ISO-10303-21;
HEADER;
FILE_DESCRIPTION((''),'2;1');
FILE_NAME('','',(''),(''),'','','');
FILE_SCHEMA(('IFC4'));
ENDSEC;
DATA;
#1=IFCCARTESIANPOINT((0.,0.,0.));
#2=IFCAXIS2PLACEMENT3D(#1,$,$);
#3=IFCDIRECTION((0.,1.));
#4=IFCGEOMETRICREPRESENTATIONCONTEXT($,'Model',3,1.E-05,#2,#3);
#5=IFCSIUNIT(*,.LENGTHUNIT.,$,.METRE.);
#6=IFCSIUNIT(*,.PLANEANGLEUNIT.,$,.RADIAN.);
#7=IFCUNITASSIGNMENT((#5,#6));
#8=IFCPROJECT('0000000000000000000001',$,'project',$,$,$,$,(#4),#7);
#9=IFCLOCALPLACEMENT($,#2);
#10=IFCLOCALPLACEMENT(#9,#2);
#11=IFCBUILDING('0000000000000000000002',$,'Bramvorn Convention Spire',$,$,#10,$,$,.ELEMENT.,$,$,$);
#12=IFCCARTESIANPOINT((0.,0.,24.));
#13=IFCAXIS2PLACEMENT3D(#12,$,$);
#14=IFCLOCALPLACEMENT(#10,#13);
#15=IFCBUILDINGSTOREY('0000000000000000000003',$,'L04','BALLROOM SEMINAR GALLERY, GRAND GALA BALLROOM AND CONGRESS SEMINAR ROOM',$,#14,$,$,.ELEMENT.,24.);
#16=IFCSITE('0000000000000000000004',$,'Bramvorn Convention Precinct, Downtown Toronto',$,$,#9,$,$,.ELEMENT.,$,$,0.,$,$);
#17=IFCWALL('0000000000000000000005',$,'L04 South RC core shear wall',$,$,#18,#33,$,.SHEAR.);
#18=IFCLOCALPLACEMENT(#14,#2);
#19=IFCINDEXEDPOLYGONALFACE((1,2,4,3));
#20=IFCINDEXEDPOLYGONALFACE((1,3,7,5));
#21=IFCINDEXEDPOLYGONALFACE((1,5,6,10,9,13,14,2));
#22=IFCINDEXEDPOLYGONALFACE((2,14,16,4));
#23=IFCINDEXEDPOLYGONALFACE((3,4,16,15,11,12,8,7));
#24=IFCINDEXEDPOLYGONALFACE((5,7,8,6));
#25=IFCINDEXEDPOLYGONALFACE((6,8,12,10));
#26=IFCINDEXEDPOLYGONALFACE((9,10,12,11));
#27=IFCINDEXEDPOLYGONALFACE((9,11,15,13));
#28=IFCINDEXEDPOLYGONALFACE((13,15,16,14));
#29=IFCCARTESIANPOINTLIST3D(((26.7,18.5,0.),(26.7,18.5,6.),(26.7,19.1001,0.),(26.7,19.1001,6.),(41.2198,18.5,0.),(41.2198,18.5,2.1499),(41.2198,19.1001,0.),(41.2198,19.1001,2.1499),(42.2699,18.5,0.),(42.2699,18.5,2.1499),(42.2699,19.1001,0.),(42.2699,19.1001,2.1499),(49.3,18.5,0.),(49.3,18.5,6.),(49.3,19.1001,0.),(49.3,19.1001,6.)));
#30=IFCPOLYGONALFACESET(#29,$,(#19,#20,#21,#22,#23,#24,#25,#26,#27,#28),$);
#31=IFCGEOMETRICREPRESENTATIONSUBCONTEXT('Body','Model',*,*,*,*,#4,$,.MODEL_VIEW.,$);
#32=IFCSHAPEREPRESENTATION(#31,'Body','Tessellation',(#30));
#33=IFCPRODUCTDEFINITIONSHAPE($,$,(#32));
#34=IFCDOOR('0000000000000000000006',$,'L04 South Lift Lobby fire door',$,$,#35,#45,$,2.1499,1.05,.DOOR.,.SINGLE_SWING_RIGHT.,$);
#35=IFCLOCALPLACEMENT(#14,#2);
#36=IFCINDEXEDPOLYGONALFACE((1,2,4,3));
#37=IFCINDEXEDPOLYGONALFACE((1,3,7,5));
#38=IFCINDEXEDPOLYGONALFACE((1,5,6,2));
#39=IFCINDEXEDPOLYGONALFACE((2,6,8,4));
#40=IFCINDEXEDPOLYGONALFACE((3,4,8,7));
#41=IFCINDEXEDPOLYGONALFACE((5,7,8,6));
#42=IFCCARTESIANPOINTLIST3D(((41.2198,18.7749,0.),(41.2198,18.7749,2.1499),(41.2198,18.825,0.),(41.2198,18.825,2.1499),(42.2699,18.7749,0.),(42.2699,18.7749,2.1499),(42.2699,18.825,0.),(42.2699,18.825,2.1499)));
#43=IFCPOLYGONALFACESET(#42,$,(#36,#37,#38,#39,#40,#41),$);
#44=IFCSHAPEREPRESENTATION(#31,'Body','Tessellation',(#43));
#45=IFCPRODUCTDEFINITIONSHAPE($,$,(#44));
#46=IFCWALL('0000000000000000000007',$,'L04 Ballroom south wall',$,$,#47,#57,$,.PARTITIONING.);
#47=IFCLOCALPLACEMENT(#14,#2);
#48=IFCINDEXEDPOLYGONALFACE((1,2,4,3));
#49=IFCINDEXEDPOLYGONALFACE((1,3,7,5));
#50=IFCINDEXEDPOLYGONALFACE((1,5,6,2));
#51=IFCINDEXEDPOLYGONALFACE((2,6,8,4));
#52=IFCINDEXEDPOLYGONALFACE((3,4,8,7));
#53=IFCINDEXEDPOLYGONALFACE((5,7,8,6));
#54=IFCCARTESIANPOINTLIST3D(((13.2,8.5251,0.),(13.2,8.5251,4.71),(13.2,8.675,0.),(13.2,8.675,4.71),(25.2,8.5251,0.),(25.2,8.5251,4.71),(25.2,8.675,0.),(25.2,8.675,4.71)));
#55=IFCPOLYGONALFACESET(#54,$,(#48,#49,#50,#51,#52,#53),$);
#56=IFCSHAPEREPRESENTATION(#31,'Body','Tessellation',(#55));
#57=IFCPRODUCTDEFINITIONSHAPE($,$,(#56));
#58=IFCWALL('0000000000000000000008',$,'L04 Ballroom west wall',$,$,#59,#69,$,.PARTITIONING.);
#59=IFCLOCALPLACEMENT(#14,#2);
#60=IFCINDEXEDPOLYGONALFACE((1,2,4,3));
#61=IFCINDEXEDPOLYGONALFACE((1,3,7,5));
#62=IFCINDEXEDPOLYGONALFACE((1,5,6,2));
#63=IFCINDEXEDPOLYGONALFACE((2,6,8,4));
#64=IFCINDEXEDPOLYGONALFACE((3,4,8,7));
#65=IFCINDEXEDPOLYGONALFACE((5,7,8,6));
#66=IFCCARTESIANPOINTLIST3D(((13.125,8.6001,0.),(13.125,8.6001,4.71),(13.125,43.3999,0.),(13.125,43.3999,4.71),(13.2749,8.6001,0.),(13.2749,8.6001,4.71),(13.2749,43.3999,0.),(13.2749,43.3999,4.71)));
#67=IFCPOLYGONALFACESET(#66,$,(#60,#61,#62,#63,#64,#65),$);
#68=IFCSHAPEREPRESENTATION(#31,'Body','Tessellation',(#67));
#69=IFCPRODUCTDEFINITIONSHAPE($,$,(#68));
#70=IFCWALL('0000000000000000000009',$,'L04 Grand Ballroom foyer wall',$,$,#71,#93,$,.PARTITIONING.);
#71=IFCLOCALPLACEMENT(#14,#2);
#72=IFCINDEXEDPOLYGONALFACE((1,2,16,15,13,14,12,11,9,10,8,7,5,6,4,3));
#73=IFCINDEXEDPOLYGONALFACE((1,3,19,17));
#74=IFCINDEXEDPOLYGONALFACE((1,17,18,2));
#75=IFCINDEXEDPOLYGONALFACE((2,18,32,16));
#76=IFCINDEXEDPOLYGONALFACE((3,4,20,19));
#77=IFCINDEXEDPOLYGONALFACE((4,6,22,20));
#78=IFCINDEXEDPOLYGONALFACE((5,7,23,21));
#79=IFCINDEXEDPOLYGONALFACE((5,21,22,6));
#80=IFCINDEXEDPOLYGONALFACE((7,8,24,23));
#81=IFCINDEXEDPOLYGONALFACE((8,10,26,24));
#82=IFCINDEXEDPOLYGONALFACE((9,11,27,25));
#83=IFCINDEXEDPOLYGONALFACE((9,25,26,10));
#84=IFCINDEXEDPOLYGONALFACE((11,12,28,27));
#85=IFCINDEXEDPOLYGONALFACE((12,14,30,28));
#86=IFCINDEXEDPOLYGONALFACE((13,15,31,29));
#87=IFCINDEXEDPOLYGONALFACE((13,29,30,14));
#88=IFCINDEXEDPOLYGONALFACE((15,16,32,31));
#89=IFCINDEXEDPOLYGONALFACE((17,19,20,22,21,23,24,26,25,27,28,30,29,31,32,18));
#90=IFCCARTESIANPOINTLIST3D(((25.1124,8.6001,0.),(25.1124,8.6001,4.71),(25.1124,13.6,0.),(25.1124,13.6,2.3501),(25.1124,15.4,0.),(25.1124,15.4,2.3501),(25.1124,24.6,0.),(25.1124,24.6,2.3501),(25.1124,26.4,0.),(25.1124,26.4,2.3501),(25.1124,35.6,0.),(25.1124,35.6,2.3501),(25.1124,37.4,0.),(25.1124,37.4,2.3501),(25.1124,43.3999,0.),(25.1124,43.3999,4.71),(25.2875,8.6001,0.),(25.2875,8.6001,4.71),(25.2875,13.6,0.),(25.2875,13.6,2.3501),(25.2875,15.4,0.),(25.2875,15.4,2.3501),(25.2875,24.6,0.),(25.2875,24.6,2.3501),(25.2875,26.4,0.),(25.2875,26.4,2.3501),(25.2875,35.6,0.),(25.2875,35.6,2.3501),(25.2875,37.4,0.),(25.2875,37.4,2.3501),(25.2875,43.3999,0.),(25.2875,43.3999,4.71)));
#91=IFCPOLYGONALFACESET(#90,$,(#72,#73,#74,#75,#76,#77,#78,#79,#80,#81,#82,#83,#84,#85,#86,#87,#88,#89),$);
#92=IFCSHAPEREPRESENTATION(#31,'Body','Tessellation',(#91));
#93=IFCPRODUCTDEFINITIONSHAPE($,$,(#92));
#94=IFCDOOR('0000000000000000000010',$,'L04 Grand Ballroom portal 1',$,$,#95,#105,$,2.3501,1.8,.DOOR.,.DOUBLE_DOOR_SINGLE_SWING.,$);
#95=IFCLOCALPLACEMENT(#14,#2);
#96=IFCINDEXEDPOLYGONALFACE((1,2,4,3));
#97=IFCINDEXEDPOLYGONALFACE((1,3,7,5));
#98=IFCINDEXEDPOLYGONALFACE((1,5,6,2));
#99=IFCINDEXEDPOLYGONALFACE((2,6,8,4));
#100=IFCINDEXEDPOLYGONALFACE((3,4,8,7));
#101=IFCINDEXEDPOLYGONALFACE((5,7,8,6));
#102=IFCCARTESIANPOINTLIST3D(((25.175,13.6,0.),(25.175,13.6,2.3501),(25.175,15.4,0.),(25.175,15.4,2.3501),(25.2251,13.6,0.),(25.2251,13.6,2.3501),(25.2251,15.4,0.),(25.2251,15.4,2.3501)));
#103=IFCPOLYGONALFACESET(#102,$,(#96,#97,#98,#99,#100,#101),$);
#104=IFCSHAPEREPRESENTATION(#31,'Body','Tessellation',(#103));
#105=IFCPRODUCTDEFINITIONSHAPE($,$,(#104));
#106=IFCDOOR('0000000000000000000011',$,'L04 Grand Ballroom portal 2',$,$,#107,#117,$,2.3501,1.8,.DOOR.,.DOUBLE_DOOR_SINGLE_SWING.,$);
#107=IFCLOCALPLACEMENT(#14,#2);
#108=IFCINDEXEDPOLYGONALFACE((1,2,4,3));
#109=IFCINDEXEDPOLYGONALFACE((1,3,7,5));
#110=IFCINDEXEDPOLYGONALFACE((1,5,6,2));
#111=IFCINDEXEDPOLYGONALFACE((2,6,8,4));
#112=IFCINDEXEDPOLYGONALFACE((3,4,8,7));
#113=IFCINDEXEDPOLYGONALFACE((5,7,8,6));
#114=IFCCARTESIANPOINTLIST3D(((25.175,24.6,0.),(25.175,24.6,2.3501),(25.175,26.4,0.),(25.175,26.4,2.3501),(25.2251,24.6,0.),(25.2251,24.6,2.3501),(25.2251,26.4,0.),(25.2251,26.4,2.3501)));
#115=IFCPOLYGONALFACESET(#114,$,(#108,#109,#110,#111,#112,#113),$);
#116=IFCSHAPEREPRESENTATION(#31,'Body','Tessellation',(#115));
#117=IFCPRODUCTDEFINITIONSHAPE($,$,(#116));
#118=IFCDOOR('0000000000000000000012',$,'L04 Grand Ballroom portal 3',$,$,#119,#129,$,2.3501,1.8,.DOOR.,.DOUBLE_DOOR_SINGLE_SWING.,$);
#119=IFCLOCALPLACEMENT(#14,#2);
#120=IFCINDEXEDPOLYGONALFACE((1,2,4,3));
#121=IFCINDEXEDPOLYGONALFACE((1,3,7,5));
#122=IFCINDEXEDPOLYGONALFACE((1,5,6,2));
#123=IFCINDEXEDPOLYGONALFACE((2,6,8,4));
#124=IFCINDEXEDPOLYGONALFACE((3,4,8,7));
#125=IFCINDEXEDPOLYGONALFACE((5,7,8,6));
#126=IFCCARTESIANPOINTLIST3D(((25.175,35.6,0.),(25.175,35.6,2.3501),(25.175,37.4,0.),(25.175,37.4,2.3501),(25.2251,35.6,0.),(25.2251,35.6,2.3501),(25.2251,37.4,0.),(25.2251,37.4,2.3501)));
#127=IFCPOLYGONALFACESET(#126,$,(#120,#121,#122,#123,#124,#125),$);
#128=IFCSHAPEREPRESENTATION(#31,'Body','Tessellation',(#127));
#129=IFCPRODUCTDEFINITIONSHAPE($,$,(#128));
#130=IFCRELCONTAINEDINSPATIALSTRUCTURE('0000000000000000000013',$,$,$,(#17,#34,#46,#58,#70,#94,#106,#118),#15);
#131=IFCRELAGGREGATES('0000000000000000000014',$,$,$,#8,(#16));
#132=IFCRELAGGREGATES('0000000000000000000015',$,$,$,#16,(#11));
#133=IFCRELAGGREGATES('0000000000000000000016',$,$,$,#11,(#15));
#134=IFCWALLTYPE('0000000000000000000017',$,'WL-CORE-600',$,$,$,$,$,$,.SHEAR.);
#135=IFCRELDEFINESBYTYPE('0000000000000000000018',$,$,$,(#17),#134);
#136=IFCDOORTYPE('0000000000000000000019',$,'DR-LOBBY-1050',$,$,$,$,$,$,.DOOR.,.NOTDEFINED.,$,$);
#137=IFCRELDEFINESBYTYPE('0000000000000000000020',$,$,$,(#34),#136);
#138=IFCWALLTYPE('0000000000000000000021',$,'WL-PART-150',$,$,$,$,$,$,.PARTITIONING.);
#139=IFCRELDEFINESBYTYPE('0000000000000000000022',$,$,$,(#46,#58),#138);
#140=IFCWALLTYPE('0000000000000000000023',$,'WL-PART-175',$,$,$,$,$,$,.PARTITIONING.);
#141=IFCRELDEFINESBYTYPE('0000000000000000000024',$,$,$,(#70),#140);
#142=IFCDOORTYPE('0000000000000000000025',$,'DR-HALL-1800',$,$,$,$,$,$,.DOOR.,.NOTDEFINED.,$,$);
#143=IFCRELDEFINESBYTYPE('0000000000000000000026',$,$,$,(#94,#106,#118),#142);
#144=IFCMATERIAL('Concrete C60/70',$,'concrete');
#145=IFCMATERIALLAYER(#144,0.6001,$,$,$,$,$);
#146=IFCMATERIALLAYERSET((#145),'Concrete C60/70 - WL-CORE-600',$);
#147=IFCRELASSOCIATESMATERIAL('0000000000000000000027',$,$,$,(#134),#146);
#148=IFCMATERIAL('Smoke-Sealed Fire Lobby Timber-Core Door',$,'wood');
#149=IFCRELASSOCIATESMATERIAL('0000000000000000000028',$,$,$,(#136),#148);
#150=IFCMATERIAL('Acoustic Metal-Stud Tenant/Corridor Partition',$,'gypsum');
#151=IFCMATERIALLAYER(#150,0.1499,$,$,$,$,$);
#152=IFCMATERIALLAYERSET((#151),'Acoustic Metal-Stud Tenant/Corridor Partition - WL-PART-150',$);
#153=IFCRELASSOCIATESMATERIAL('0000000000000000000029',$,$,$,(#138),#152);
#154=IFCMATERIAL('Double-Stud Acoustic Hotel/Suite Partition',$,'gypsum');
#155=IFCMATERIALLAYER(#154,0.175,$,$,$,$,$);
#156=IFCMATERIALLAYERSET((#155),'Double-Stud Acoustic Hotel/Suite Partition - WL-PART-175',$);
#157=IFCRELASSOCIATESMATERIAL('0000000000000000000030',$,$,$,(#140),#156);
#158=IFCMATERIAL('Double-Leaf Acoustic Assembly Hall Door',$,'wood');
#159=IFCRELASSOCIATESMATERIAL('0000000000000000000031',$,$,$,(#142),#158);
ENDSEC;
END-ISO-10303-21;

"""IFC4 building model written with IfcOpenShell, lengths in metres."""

from ifc_helpers import new_model, si_unit, direction, frame, frame_2d, origin, place, context, subcontext, project, spatial, rectangle, extrude, material, layer, layer_set, type_object, element, fill, save


model = new_model("IFC4")

# Units and contexts
model_context = context("Model", 3, precision=1e-05, world=origin(), true_north=direction((0.0, 1.0)))
body_context = subcontext(model_context, "Body", "Model", "MODEL_VIEW")
ifc_project = project(units=[si_unit("LENGTHUNIT", "METRE"), si_unit("PLANEANGLEUNIT", "RADIAN")], contexts=[model_context])

# Site, building, storey
site_placement = place(None, origin())
site = spatial("IfcSite", under=ifc_project, at=site_placement, Name="Bramvorn Convention Precinct, Downtown Toronto", CompositionType="ELEMENT", RefElevation=0.0)
building_placement = place(site_placement, origin())
building = spatial("IfcBuilding", under=site, at=building_placement, Name="Bramvorn Convention Spire", CompositionType="ELEMENT")
storey_placement = place(building_placement, frame((0.0, 0.0, 24.0)))
storey = spatial("IfcBuildingStorey", under=building, at=storey_placement, Name="L04", Description="BALLROOM SEMINAR GALLERY, GRAND GALA BALLROOM AND CONGRESS SEMINAR ROOM", CompositionType="ELEMENT", Elevation=24.0)

# Shared definitions
ifc_material_1 = material(Name="Concrete C60/70", Category="concrete")

# Wall, opening, door
ifc_layer_1 = layer(ifc_material_1, 0.6001)
ifc_layer_set_1 = layer_set([ifc_layer_1], Name="Concrete C60/70 - WL-CORE-600")
wall_type_1 = type_object("IfcWallType", Name="WL-CORE-600", PredefinedType="SHEAR", material=ifc_layer_set_1)
wall_1_placement = place(storey_placement, frame((26.7, 18.8, 0.0), z_axis=(0.0, 0.0, 1.0), x_axis=(1.0, 0.0, 0.0)))
wall_1 = element("IfcWall", 1, at=wall_1_placement, inside=storey, type_object=wall_type_1, Name="L04 South RC core shear wall", PredefinedType="SHEAR", context=body_context, shape_type="SweptSolid", body=[
    extrude(rectangle(XDim=22.6001, YDim=0.6001, at=frame_2d((11.3, 0.0))), origin(), (0.0, 0.0, 1.0), 6.0),
])
opening_1_placement = place(wall_1_placement, frame((14.52, 0.0, 0.0)))
opening_1 = element("IfcOpeningElement", 2, at=opening_1_placement, cuts=wall_1, PredefinedType="OPENING", context=body_context, shape_type="SweptSolid", body=[
    extrude(rectangle(XDim=1.05, YDim=2.1499, at=frame_2d((0.5249, 1.075))), frame((0.0, 0.3101, 0.0), z_axis=(0.0, -1.0, 0.0), x_axis=(1.0, 0.0, 0.0)), (0.0, 0.0, 1.0), 0.6201),
])
ifc_material_2 = material(Name="Smoke-Sealed Fire Lobby Timber-Core Door", Category="wood")
door_type_1 = type_object("IfcDoorType", Name="DR-LOBBY-1050", OperationType="NOTDEFINED", PredefinedType="DOOR", material=ifc_material_2)
door_1_placement = place(opening_1_placement, origin())
door_1 = element("IfcDoor", 3, at=door_1_placement, inside=storey, type_object=door_type_1, Name="L04 South Lift Lobby fire door", OperationType="SINGLE_SWING_RIGHT", OverallHeight=2.1499, OverallWidth=1.05, PredefinedType="DOOR", context=body_context, shape_type="SweptSolid", body=[
    extrude(rectangle(XDim=1.05, YDim=2.1499, at=frame_2d((0.5249, 1.075))), frame((0.0, 0.0249, 0.0), z_axis=(0.0, -1.0, 0.0), x_axis=(1.0, 0.0, 0.0)), (0.0, 0.0, 1.0), 0.05),
])
fill(opening_1, door_1)

# Walls
ifc_material_3 = material(Name="Acoustic Metal-Stud Tenant/Corridor Partition", Category="gypsum")
ifc_layer_2 = layer(ifc_material_3, 0.1499)
ifc_layer_set_2 = layer_set([ifc_layer_2], Name="Acoustic Metal-Stud Tenant/Corridor Partition - WL-PART-150")
wall_type_2 = type_object("IfcWallType", Name="WL-PART-150", PredefinedType="PARTITIONING", material=ifc_layer_set_2)
wall_2_placement = place(storey_placement, frame((13.2, 8.6001, 0.0), z_axis=(0.0, 0.0, 1.0), x_axis=(1.0, 0.0, 0.0)))
element("IfcWall", 4, at=wall_2_placement, inside=storey, type_object=wall_type_2, Name="L04 Ballroom south wall", PredefinedType="PARTITIONING", context=body_context, shape_type="SweptSolid", body=[
    extrude(rectangle(XDim=12.0, YDim=0.1499, at=frame_2d((6.0, 0.0))), origin(), (0.0, 0.0, 1.0), 4.71),
])
wall_3_placement = place(storey_placement, frame((13.2, 8.6001, 0.0), z_axis=(0.0, 0.0, 1.0), x_axis=(0.0, 1.0, 0.0)))
element("IfcWall", 5, at=wall_3_placement, inside=storey, type_object=wall_type_2, Name="L04 Ballroom west wall", PredefinedType="PARTITIONING", context=body_context, shape_type="SweptSolid", body=[
    extrude(rectangle(XDim=34.7998, YDim=0.1499, at=frame_2d((17.3999, 0.0))), origin(), (0.0, 0.0, 1.0), 4.71),
])

# Wall, openings, doors
ifc_material_4 = material(Name="Double-Stud Acoustic Hotel/Suite Partition", Category="gypsum")
ifc_layer_3 = layer(ifc_material_4, 0.175)
ifc_layer_set_3 = layer_set([ifc_layer_3], Name="Double-Stud Acoustic Hotel/Suite Partition - WL-PART-175")
wall_type_3 = type_object("IfcWallType", Name="WL-PART-175", PredefinedType="PARTITIONING", material=ifc_layer_set_3)
wall_4_placement = place(storey_placement, frame((25.2, 8.6001, 0.0), z_axis=(0.0, 0.0, 1.0), x_axis=(0.0, 1.0, 0.0)))
wall_4 = element("IfcWall", 6, at=wall_4_placement, inside=storey, type_object=wall_type_3, Name="L04 Grand Ballroom foyer wall", PredefinedType="PARTITIONING", context=body_context, shape_type="SweptSolid", body=[
    extrude(rectangle(XDim=34.7998, YDim=0.175, at=frame_2d((17.3999, 0.0))), origin(), (0.0, 0.0, 1.0), 4.71),
])
opening_2_placement = place(wall_4_placement, frame((5.0, 0.0, 0.0)))
opening_2 = element("IfcOpeningElement", 7, at=opening_2_placement, cuts=wall_4, PredefinedType="OPENING", context=body_context, shape_type="SweptSolid", body=[
    extrude(rectangle(XDim=1.8, YDim=2.3501, at=frame_2d((0.8999, 1.175))), frame((0.0, 0.0974, 0.0), z_axis=(0.0, -1.0, 0.0), x_axis=(1.0, 0.0, 0.0)), (0.0, 0.0, 1.0), 0.1951),
])
opening_3_placement = place(wall_4_placement, frame((16.0, 0.0, 0.0)))
opening_3 = element("IfcOpeningElement", 8, at=opening_3_placement, cuts=wall_4, PredefinedType="OPENING", context=body_context, shape_type="SweptSolid", body=[
    extrude(rectangle(XDim=1.8, YDim=2.3501, at=frame_2d((0.8999, 1.175))), frame((0.0, 0.0974, 0.0), z_axis=(0.0, -1.0, 0.0), x_axis=(1.0, 0.0, 0.0)), (0.0, 0.0, 1.0), 0.1951),
])
opening_4_placement = place(wall_4_placement, frame((27.0, 0.0, 0.0)))
opening_4 = element("IfcOpeningElement", 9, at=opening_4_placement, cuts=wall_4, PredefinedType="OPENING", context=body_context, shape_type="SweptSolid", body=[
    extrude(rectangle(XDim=1.8, YDim=2.3501, at=frame_2d((0.8999, 1.175))), frame((0.0, 0.0974, 0.0), z_axis=(0.0, -1.0, 0.0), x_axis=(1.0, 0.0, 0.0)), (0.0, 0.0, 1.0), 0.1951),
])
ifc_material_5 = material(Name="Double-Leaf Acoustic Assembly Hall Door", Category="wood")
door_type_2 = type_object("IfcDoorType", Name="DR-HALL-1800", OperationType="NOTDEFINED", PredefinedType="DOOR", material=ifc_material_5)
door_2_placement = place(opening_2_placement, origin())
door_2 = element("IfcDoor", 10, at=door_2_placement, inside=storey, type_object=door_type_2, Name="L04 Grand Ballroom portal 1", OperationType="DOUBLE_DOOR_SINGLE_SWING", OverallHeight=2.3501, OverallWidth=1.8, PredefinedType="DOOR", context=body_context, shape_type="SweptSolid", body=[
    extrude(rectangle(XDim=1.8, YDim=2.3501, at=frame_2d((0.8999, 1.175))), frame((0.0, 0.0249, 0.0), z_axis=(0.0, -1.0, 0.0), x_axis=(1.0, 0.0, 0.0)), (0.0, 0.0, 1.0), 0.05),
])
fill(opening_2, door_2)
door_3_placement = place(opening_3_placement, origin())
door_3 = element("IfcDoor", 11, at=door_3_placement, inside=storey, type_object=door_type_2, Name="L04 Grand Ballroom portal 2", OperationType="DOUBLE_DOOR_SINGLE_SWING", OverallHeight=2.3501, OverallWidth=1.8, PredefinedType="DOOR", context=body_context, shape_type="SweptSolid", body=[
    extrude(rectangle(XDim=1.8, YDim=2.3501, at=frame_2d((0.8999, 1.175))), frame((0.0, 0.0249, 0.0), z_axis=(0.0, -1.0, 0.0), x_axis=(1.0, 0.0, 0.0)), (0.0, 0.0, 1.0), 0.05),
])
fill(opening_3, door_3)
door_4_placement = place(opening_4_placement, origin())
door_4 = element("IfcDoor", 12, at=door_4_placement, inside=storey, type_object=door_type_2, Name="L04 Grand Ballroom portal 3", OperationType="DOUBLE_DOOR_SINGLE_SWING", OverallHeight=2.3501, OverallWidth=1.8, PredefinedType="DOOR", context=body_context, shape_type="SweptSolid", body=[
    extrude(rectangle(XDim=1.8, YDim=2.3501, at=frame_2d((0.8999, 1.175))), frame((0.0, 0.0249, 0.0), z_axis=(0.0, -1.0, 0.0), x_axis=(1.0, 0.0, 0.0)), (0.0, 0.0, 1.0), 0.05),
])
fill(opening_4, door_4)

save(model, "model.ifc")
